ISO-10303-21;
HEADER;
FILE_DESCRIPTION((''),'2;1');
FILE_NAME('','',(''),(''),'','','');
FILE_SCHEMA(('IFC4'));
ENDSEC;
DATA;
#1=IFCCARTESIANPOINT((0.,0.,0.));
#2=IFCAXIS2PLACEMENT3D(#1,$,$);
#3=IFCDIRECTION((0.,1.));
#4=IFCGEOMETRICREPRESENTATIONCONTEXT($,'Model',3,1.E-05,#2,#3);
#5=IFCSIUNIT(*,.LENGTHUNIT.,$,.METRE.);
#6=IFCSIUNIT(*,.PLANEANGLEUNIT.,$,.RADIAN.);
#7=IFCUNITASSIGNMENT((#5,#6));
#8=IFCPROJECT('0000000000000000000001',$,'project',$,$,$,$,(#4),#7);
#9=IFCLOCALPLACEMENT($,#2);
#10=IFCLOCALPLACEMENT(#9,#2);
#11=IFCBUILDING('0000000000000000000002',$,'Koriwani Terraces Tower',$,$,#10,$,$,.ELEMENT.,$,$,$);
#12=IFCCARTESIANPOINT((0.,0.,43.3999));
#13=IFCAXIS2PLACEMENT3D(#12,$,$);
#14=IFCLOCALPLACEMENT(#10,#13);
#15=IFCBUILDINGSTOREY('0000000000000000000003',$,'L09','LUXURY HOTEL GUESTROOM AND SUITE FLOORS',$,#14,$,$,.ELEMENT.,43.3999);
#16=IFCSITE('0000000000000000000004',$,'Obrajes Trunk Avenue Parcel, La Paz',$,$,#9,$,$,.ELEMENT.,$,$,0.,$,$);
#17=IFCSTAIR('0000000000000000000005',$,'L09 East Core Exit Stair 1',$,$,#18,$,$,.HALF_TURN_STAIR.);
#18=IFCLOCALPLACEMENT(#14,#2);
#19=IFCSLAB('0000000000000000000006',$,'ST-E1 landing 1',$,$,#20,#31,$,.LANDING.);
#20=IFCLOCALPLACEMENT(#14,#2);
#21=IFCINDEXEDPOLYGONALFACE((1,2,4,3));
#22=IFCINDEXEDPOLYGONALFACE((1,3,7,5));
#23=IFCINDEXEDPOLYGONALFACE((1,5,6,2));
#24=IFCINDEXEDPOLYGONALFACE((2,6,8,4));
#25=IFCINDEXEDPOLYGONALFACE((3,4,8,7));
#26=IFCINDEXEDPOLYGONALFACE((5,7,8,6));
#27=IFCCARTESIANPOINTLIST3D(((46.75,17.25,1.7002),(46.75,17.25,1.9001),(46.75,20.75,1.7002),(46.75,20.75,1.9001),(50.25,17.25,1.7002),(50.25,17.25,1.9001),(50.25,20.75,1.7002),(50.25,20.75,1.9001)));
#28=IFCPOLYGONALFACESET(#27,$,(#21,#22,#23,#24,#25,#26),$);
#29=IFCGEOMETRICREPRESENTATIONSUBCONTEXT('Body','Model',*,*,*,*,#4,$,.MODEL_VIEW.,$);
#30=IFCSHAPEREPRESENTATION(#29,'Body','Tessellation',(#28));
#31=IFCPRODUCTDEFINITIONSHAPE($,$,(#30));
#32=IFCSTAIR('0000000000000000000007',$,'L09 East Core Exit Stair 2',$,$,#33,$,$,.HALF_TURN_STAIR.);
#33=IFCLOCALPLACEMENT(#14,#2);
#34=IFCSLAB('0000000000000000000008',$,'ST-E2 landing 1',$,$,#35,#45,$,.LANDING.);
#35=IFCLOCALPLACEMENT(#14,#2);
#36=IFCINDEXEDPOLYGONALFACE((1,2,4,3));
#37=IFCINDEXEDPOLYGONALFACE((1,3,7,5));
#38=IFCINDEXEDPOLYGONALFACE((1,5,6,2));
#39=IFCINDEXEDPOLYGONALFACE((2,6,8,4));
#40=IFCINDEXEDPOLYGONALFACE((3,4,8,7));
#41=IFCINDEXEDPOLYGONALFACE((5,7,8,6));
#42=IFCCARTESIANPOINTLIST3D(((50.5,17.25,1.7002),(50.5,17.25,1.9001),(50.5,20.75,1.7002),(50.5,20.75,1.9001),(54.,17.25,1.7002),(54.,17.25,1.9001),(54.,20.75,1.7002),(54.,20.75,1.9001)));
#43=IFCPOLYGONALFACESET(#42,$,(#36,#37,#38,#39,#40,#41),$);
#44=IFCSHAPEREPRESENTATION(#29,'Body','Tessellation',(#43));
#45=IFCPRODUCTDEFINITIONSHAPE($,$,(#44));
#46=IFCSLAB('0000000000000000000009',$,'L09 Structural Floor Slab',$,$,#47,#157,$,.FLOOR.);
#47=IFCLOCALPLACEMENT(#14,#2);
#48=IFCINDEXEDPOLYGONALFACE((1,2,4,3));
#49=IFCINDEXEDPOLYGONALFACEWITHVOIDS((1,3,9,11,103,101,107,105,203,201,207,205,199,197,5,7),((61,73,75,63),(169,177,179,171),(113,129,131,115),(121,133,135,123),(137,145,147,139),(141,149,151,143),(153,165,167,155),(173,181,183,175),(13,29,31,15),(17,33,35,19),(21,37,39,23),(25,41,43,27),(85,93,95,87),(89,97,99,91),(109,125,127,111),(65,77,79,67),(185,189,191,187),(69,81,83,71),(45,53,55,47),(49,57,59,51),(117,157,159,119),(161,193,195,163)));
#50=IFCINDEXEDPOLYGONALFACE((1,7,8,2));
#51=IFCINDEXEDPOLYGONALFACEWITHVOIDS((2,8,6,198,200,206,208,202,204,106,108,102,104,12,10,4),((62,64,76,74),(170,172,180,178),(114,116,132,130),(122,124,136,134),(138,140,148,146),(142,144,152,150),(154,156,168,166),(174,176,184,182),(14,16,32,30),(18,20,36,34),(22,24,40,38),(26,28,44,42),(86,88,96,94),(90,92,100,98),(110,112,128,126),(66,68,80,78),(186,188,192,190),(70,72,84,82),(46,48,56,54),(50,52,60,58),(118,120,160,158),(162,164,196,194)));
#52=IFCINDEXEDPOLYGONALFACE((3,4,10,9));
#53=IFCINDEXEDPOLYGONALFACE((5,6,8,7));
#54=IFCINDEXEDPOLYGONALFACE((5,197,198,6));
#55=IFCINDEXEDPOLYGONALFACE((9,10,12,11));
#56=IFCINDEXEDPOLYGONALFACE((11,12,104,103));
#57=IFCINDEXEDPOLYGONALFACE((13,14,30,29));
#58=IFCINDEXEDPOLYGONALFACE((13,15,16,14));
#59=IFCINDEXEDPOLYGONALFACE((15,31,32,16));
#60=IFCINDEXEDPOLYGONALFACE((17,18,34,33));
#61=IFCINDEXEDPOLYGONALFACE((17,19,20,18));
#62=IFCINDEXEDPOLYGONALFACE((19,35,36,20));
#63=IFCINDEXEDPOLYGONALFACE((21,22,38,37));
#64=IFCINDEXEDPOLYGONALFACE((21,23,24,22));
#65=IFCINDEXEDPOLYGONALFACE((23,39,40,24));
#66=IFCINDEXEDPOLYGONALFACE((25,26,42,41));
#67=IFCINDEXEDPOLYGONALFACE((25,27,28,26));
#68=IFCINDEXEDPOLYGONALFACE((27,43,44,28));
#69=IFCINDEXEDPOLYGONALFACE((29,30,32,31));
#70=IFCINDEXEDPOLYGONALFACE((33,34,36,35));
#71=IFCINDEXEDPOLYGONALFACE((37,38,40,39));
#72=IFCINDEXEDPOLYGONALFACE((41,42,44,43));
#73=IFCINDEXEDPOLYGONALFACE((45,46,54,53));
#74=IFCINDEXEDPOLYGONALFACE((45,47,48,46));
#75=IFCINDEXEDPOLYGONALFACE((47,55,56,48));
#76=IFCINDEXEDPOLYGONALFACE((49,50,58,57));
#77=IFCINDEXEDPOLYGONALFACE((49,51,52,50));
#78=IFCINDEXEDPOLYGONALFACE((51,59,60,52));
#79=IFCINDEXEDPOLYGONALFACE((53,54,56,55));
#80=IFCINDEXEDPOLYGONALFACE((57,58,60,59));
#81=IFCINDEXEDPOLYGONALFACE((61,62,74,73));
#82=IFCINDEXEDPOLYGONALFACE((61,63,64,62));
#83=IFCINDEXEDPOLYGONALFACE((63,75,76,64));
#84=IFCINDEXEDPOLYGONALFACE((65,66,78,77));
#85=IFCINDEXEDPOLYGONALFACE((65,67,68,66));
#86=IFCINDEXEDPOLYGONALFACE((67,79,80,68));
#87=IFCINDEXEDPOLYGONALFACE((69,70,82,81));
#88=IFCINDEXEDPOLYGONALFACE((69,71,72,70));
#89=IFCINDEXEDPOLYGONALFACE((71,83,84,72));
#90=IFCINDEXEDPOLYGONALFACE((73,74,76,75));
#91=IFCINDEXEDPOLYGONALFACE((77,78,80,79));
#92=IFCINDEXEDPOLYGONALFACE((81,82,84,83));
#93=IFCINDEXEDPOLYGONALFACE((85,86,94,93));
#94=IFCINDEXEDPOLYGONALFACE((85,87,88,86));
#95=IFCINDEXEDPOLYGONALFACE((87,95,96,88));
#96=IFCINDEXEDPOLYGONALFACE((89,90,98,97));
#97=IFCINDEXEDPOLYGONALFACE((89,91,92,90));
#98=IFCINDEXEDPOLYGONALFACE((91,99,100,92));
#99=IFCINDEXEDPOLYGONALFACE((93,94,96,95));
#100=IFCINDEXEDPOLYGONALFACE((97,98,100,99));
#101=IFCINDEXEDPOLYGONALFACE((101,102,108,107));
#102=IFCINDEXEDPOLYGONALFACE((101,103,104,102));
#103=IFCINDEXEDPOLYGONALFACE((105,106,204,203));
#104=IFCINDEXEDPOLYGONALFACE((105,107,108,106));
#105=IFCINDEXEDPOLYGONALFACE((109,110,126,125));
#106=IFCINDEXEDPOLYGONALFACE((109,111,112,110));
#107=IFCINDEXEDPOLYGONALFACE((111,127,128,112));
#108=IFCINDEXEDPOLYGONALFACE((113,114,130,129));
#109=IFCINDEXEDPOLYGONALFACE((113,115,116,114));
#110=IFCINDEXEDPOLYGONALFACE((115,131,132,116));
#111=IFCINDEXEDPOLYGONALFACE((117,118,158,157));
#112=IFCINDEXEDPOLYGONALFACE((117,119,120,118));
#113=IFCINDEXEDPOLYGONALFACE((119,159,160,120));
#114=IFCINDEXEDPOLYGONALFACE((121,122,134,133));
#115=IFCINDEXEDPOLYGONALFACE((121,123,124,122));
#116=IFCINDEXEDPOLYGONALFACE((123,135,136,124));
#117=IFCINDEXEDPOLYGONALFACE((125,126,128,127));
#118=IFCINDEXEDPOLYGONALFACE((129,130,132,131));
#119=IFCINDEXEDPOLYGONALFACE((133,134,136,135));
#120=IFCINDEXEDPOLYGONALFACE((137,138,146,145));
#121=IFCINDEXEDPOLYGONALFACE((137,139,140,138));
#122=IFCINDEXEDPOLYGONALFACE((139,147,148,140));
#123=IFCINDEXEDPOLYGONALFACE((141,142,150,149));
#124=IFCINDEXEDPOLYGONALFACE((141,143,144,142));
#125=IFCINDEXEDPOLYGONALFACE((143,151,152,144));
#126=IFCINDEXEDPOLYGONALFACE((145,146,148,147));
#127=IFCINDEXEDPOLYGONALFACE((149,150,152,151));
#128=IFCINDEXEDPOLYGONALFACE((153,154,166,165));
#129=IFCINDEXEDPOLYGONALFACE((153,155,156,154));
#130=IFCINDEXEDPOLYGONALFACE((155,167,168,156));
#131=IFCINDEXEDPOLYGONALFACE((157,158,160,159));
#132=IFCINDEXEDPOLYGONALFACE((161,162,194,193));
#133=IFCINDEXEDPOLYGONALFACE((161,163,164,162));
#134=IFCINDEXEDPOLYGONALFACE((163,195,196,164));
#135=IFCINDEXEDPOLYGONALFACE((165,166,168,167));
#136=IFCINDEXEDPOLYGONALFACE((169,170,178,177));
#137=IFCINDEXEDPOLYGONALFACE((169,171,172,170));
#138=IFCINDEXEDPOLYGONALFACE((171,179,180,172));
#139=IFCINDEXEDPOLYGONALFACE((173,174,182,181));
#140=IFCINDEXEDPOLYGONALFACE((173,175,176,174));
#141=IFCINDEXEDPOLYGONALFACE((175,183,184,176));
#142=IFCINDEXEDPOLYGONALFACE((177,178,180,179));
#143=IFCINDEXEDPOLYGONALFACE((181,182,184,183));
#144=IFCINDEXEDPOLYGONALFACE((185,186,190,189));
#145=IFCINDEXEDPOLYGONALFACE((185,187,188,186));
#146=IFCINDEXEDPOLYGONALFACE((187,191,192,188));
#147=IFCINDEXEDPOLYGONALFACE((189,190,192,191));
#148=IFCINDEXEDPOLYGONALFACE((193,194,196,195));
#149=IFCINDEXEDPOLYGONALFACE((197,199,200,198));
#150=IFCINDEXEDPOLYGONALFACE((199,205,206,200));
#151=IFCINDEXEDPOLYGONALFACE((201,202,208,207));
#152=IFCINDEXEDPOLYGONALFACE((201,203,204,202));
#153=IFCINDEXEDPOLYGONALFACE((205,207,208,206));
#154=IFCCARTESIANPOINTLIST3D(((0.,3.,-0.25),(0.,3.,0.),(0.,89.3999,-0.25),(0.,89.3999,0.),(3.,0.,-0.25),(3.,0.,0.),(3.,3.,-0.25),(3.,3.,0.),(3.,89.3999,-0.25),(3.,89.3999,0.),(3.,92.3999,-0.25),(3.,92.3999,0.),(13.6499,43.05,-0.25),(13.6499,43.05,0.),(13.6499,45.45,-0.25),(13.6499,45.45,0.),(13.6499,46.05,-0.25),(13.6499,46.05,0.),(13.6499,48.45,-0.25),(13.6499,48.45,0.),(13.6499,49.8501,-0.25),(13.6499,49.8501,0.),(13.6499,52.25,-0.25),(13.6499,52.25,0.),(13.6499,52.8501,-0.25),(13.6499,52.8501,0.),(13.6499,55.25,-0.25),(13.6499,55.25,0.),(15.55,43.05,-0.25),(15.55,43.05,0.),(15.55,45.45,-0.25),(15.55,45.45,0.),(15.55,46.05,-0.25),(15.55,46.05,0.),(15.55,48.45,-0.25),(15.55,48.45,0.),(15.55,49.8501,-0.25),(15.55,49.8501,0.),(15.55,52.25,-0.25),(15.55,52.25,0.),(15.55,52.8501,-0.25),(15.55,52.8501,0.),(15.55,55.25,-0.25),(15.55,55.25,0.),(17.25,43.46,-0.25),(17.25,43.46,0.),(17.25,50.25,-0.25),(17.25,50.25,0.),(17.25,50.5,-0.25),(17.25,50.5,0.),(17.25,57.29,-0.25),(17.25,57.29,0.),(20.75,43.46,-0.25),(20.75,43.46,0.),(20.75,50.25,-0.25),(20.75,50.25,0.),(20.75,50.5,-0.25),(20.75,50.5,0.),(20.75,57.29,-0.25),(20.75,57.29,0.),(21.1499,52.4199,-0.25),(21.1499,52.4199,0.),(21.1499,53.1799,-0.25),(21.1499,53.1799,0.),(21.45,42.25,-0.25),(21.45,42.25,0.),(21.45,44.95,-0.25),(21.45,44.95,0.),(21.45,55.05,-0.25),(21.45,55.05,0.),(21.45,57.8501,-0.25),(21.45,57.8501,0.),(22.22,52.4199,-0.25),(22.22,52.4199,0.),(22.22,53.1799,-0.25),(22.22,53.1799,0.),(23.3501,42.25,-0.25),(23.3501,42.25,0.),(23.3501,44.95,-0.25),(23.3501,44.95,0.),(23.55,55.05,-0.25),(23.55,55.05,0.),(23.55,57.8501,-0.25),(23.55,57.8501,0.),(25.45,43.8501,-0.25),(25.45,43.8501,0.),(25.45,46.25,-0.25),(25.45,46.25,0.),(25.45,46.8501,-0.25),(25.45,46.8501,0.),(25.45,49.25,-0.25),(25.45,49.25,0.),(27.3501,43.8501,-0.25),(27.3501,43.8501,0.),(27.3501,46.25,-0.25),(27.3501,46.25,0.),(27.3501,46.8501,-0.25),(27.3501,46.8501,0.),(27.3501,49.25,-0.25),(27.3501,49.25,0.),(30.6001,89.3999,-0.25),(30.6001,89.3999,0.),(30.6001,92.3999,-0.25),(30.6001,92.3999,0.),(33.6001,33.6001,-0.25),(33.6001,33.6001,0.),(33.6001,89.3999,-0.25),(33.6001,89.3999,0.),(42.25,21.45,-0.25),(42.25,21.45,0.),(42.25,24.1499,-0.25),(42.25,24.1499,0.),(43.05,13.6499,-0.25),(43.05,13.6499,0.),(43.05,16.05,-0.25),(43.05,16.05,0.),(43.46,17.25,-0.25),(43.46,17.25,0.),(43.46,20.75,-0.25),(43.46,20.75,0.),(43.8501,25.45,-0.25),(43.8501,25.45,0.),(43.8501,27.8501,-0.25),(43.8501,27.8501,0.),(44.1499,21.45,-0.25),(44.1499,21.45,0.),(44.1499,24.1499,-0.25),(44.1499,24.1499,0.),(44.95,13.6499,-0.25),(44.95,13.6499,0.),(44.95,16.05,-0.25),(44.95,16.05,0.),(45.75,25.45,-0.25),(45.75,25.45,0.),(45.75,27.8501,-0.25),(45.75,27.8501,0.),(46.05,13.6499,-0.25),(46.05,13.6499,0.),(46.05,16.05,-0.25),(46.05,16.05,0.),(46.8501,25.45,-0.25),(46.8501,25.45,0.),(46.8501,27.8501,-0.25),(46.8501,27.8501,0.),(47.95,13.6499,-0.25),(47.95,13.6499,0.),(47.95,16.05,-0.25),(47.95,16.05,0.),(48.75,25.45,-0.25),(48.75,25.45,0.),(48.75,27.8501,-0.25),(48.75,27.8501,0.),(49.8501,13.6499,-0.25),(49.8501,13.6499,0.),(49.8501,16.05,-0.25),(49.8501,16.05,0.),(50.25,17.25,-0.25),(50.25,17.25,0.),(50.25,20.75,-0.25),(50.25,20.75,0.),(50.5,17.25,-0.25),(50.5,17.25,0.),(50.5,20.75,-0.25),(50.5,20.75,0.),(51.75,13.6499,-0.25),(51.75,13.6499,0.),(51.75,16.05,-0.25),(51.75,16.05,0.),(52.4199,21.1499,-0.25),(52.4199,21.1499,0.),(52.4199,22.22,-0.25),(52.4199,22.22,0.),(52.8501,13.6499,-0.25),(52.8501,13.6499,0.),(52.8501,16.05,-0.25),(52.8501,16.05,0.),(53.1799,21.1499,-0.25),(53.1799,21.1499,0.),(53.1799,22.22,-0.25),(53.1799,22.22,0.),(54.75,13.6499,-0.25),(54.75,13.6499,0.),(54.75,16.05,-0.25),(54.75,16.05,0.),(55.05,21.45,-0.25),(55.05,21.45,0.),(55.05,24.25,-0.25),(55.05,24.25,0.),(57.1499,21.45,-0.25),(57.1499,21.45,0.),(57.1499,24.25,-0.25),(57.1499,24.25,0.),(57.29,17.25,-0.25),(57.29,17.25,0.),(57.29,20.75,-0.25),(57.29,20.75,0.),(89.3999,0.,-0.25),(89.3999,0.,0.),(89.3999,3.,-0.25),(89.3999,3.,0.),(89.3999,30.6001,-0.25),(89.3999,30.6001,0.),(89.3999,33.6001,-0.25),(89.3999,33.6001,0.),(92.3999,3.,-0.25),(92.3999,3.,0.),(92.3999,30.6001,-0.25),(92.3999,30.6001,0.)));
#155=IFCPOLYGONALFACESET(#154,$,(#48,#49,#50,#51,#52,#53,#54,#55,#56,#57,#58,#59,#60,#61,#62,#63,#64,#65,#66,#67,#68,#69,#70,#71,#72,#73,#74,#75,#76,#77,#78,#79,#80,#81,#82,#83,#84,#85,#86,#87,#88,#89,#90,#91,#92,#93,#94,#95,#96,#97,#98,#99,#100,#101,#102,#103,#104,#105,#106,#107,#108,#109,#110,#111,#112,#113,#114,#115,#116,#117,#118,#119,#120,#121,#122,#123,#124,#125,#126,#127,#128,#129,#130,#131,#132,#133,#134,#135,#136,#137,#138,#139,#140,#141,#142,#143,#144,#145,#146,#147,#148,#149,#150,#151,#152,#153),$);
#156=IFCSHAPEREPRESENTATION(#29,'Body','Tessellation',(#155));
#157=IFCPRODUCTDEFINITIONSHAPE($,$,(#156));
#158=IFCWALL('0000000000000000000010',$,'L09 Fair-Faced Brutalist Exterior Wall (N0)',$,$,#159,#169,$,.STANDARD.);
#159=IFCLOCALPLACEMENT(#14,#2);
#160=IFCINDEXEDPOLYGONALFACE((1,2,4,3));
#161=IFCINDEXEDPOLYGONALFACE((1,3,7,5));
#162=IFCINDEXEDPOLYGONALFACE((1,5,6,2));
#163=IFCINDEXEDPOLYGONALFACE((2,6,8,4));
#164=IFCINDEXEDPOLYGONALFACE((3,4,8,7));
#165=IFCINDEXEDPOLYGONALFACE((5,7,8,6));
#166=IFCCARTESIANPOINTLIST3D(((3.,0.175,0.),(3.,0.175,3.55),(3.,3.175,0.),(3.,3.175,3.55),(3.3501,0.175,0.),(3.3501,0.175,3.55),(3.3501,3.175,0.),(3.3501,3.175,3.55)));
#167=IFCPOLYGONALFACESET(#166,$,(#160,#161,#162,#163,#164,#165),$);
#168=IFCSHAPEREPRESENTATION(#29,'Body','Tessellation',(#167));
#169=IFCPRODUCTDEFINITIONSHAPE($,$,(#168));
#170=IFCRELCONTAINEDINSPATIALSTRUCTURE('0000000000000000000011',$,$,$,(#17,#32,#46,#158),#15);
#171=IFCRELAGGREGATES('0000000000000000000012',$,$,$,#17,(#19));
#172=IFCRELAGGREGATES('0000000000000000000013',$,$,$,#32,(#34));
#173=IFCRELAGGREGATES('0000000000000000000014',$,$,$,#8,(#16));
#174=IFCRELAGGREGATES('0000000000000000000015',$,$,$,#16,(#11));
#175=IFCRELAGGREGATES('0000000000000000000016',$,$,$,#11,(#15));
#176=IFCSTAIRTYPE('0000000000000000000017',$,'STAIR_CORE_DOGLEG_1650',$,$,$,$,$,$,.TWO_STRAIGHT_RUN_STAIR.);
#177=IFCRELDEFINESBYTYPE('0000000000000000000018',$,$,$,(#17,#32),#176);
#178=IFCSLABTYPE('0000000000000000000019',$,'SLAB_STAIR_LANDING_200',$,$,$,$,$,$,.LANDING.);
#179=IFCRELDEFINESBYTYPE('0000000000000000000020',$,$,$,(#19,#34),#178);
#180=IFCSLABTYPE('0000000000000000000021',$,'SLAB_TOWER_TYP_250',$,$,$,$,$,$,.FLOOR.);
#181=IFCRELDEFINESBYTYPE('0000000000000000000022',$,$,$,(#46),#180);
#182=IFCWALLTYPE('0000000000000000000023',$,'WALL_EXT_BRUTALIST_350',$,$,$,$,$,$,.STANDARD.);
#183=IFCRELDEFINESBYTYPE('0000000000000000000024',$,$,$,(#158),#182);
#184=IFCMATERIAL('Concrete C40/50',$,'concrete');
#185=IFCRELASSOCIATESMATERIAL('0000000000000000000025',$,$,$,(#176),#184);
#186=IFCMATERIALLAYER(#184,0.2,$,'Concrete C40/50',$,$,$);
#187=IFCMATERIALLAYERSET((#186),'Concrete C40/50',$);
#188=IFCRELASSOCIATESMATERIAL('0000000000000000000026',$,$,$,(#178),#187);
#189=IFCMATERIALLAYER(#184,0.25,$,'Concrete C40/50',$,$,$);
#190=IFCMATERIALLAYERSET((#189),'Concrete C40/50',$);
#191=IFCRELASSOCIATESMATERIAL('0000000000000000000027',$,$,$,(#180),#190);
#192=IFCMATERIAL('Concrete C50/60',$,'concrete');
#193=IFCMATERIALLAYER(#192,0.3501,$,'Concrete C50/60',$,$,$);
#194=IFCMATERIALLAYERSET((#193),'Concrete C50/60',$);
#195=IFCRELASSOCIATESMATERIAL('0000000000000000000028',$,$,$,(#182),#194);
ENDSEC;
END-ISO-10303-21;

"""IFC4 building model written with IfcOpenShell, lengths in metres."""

from ifc_helpers import new_model, si_unit, direction, frame, frame_2d, origin, place, context, subcontext, project, spatial, polyline, rectangle, outline, extrude, material, layer, layer_set, type_object, element, aggregate, save


model = new_model("IFC4")

# Units and contexts
model_context = context("Model", 3, precision=1e-05, world=origin(), true_north=direction((0.0, 1.0)))
body_context = subcontext(model_context, "Body", "Model", "MODEL_VIEW")
ifc_project = project(units=[si_unit("LENGTHUNIT", "METRE"), si_unit("PLANEANGLEUNIT", "RADIAN")], contexts=[model_context])

# Site, building, storey
site_placement = place(None, origin())
site = spatial("IfcSite", under=ifc_project, at=site_placement, Name="Obrajes Trunk Avenue Parcel, La Paz", CompositionType="ELEMENT", RefElevation=0.0)
building_placement = place(site_placement, origin())
building = spatial("IfcBuilding", under=site, at=building_placement, Name="Koriwani Terraces Tower", CompositionType="ELEMENT")
storey_placement = place(building_placement, frame((0.0, 0.0, 43.3999)))
storey = spatial("IfcBuildingStorey", under=building, at=storey_placement, Name="L09", Description="LUXURY HOTEL GUESTROOM AND SUITE FLOORS", CompositionType="ELEMENT", Elevation=43.3999)

# Shared definitions
ifc_material_1 = material(Name="Concrete C40/50", Category="concrete")
ifc_material_2 = material(Name="Concrete C50/60", Category="concrete")

# Stairs, slabs
stair_type = type_object("IfcStairType", Name="STAIR_CORE_DOGLEG_1650", PredefinedType="TWO_STRAIGHT_RUN_STAIR", material=ifc_material_1)
ifc_layer_1 = layer(ifc_material_1, 0.2, Name="Concrete C40/50")
ifc_layer_set_1 = layer_set([ifc_layer_1], Name="Concrete C40/50")
slab_type_1 = type_object("IfcSlabType", Name="SLAB_STAIR_LANDING_200", PredefinedType="LANDING", material=ifc_layer_set_1)
stair_1_placement = place(storey_placement, origin())
stair_1 = element("IfcStair", 1, at=stair_1_placement, inside=storey, type_object=stair_type, Name="L09 East Core Exit Stair 1", PredefinedType="HALF_TURN_STAIR")
slab_1_placement = place(storey_placement, frame((0.0, 0.0, 1.7002)))
slab_1 = element("IfcSlab", 2, at=slab_1_placement, type_object=slab_type_1, Name="ST-E1 landing 1", PredefinedType="LANDING", context=body_context, shape_type="SweptSolid", body=[
    extrude(outline(polyline([(46.75, 17.25), (50.25, 17.25), (50.25, 20.75), (46.75, 20.75), (46.75, 17.25)])), origin(), (0.0, 0.0, 1.0), 0.2),
])
aggregate(stair_1, [slab_1])
stair_2_placement = place(storey_placement, origin())
stair_2 = element("IfcStair", 3, at=stair_2_placement, inside=storey, type_object=stair_type, Name="L09 East Core Exit Stair 2", PredefinedType="HALF_TURN_STAIR")
slab_2_placement = place(storey_placement, frame((0.0, 0.0, 1.7002)))
slab_2 = element("IfcSlab", 4, at=slab_2_placement, type_object=slab_type_1, Name="ST-E2 landing 1", PredefinedType="LANDING", context=body_context, shape_type="SweptSolid", body=[
    extrude(outline(polyline([(54.0, 20.75), (50.5, 20.75), (50.5, 17.25), (54.0, 17.25), (54.0, 20.75)])), origin(), (0.0, 0.0, 1.0), 0.2),
])
aggregate(stair_2, [slab_2])

# Slab
ifc_layer_2 = layer(ifc_material_1, 0.25, Name="Concrete C40/50")
ifc_layer_set_2 = layer_set([ifc_layer_2], Name="Concrete C40/50")
slab_type_2 = type_object("IfcSlabType", Name="SLAB_TOWER_TYP_250", PredefinedType="FLOOR", material=ifc_layer_set_2)
slab_3_placement = place(storey_placement, frame((0.0, 0.0, -0.25)))
element("IfcSlab", 5, at=slab_3_placement, inside=storey, type_object=slab_type_2, Name="L09 Structural Floor Slab", PredefinedType="FLOOR", context=body_context, shape_type="SweptSolid", body=[
    extrude(outline(polyline([(3.0, 0.0), (89.3999, 0.0), (89.3999, 3.0), (92.3999, 3.0), (92.3999, 30.6001), (89.3999, 30.6001), (89.3999, 33.6001), (33.6001, 33.6001), (33.6001, 89.3999), (30.6001, 89.3999), (30.6001, 92.3999), (3.0, 92.3999), (3.0, 89.3999), (0.0, 89.3999), (0.0, 3.0), (3.0, 3.0), (3.0, 0.0)]), holes=[polyline([(17.25, 43.46), (20.75, 43.46), (20.75, 50.25), (17.25, 50.25), (17.25, 43.46)]), polyline([(17.25, 50.5), (20.75, 50.5), (20.75, 57.29), (17.25, 57.29), (17.25, 50.5)]), polyline([(43.46, 17.25), (50.25, 17.25), (50.25, 20.75), (43.46, 20.75), (43.46, 17.25)]), polyline([(50.5, 17.25), (57.29, 17.25), (57.29, 20.75), (50.5, 20.75), (50.5, 17.25)]), polyline([(13.6499, 43.05), (15.55, 43.05), (15.55, 45.45), (13.6499, 45.45), (13.6499, 43.05)]), polyline([(13.6499, 46.05), (15.55, 46.05), (15.55, 48.45), (13.6499, 48.45), (13.6499, 46.05)]), polyline([(43.05, 13.6499), (44.95, 13.6499), (44.95, 16.05), (43.05, 16.05), (43.05, 13.6499)]), polyline([(46.05, 13.6499), (47.95, 13.6499), (47.95, 16.05), (46.05, 16.05), (46.05, 13.6499)]), polyline([(13.6499, 49.8501), (15.55, 49.8501), (15.55, 52.25), (13.6499, 52.25), (13.6499, 49.8501)]), polyline([(13.6499, 52.8501), (15.55, 52.8501), (15.55, 55.25), (13.6499, 55.25), (13.6499, 52.8501)]), polyline([(49.8501, 13.6499), (51.75, 13.6499), (51.75, 16.05), (49.8501, 16.05), (49.8501, 13.6499)]), polyline([(52.8501, 13.6499), (54.75, 13.6499), (54.75, 16.05), (52.8501, 16.05), (52.8501, 13.6499)]), polyline([(25.45, 43.8501), (27.3501, 43.8501), (27.3501, 46.25), (25.45, 46.25), (25.45, 43.8501)]), polyline([(25.45, 46.8501), (27.3501, 46.8501), (27.3501, 49.25), (25.45, 49.25), (25.45, 46.8501)]), polyline([(43.8501, 25.45), (45.75, 25.45), (45.75, 27.8501), (43.8501, 27.8501), (43.8501, 25.45)]), polyline([(46.8501, 25.45), (48.75, 25.45), (48.75, 27.8501), (46.8501, 27.8501), (46.8501, 25.45)]), polyline([(21.45, 55.05), (23.55, 55.05), (23.55, 57.8501), (21.45, 57.8501), (21.45, 55.05)]), polyline([(55.05, 21.45), (57.1499, 21.45), (57.1499, 24.25), (55.05, 24.25), (55.05, 21.45)]), polyline([(21.45, 42.25), (23.3501, 42.25), (23.3501, 44.95), (21.45, 44.95), (21.45, 42.25)]), polyline([(42.25, 21.45), (44.1499, 21.45), (44.1499, 24.1499), (42.25, 24.1499), (42.25, 21.45)]), polyline([(21.1499, 52.4199), (22.22, 52.4199), (22.22, 53.1799), (21.1499, 53.1799), (21.1499, 52.4199)]), polyline([(52.4199, 21.1499), (53.1799, 21.1499), (53.1799, 22.22), (52.4199, 22.22), (52.4199, 21.1499)])]), origin(), (0.0, 0.0, 1.0), 0.25),
])

# Wall
ifc_layer_3 = layer(ifc_material_2, 0.3501, Name="Concrete C50/60")
ifc_layer_set_3 = layer_set([ifc_layer_3], Name="Concrete C50/60")
wall_type = type_object("IfcWallType", Name="WALL_EXT_BRUTALIST_350", PredefinedType="STANDARD", material=ifc_layer_set_3)
wall_1_placement = place(storey_placement, frame((3.175, 0.175, 0.0), z_axis=(0.0, 0.0, 1.0), x_axis=(0.0, 1.0, 0.0)))
element("IfcWall", 6, at=wall_1_placement, inside=storey, type_object=wall_type, Name="L09 Fair-Faced Brutalist Exterior Wall (N0)", PredefinedType="STANDARD", context=body_context, shape_type="SweptSolid", body=[
    extrude(rectangle(XDim=3.0, YDim=0.3501, at=frame_2d((1.5, 0.0))), origin(), (0.0, 0.0, 1.0), 3.55),
])

save(model, "model.ifc")
